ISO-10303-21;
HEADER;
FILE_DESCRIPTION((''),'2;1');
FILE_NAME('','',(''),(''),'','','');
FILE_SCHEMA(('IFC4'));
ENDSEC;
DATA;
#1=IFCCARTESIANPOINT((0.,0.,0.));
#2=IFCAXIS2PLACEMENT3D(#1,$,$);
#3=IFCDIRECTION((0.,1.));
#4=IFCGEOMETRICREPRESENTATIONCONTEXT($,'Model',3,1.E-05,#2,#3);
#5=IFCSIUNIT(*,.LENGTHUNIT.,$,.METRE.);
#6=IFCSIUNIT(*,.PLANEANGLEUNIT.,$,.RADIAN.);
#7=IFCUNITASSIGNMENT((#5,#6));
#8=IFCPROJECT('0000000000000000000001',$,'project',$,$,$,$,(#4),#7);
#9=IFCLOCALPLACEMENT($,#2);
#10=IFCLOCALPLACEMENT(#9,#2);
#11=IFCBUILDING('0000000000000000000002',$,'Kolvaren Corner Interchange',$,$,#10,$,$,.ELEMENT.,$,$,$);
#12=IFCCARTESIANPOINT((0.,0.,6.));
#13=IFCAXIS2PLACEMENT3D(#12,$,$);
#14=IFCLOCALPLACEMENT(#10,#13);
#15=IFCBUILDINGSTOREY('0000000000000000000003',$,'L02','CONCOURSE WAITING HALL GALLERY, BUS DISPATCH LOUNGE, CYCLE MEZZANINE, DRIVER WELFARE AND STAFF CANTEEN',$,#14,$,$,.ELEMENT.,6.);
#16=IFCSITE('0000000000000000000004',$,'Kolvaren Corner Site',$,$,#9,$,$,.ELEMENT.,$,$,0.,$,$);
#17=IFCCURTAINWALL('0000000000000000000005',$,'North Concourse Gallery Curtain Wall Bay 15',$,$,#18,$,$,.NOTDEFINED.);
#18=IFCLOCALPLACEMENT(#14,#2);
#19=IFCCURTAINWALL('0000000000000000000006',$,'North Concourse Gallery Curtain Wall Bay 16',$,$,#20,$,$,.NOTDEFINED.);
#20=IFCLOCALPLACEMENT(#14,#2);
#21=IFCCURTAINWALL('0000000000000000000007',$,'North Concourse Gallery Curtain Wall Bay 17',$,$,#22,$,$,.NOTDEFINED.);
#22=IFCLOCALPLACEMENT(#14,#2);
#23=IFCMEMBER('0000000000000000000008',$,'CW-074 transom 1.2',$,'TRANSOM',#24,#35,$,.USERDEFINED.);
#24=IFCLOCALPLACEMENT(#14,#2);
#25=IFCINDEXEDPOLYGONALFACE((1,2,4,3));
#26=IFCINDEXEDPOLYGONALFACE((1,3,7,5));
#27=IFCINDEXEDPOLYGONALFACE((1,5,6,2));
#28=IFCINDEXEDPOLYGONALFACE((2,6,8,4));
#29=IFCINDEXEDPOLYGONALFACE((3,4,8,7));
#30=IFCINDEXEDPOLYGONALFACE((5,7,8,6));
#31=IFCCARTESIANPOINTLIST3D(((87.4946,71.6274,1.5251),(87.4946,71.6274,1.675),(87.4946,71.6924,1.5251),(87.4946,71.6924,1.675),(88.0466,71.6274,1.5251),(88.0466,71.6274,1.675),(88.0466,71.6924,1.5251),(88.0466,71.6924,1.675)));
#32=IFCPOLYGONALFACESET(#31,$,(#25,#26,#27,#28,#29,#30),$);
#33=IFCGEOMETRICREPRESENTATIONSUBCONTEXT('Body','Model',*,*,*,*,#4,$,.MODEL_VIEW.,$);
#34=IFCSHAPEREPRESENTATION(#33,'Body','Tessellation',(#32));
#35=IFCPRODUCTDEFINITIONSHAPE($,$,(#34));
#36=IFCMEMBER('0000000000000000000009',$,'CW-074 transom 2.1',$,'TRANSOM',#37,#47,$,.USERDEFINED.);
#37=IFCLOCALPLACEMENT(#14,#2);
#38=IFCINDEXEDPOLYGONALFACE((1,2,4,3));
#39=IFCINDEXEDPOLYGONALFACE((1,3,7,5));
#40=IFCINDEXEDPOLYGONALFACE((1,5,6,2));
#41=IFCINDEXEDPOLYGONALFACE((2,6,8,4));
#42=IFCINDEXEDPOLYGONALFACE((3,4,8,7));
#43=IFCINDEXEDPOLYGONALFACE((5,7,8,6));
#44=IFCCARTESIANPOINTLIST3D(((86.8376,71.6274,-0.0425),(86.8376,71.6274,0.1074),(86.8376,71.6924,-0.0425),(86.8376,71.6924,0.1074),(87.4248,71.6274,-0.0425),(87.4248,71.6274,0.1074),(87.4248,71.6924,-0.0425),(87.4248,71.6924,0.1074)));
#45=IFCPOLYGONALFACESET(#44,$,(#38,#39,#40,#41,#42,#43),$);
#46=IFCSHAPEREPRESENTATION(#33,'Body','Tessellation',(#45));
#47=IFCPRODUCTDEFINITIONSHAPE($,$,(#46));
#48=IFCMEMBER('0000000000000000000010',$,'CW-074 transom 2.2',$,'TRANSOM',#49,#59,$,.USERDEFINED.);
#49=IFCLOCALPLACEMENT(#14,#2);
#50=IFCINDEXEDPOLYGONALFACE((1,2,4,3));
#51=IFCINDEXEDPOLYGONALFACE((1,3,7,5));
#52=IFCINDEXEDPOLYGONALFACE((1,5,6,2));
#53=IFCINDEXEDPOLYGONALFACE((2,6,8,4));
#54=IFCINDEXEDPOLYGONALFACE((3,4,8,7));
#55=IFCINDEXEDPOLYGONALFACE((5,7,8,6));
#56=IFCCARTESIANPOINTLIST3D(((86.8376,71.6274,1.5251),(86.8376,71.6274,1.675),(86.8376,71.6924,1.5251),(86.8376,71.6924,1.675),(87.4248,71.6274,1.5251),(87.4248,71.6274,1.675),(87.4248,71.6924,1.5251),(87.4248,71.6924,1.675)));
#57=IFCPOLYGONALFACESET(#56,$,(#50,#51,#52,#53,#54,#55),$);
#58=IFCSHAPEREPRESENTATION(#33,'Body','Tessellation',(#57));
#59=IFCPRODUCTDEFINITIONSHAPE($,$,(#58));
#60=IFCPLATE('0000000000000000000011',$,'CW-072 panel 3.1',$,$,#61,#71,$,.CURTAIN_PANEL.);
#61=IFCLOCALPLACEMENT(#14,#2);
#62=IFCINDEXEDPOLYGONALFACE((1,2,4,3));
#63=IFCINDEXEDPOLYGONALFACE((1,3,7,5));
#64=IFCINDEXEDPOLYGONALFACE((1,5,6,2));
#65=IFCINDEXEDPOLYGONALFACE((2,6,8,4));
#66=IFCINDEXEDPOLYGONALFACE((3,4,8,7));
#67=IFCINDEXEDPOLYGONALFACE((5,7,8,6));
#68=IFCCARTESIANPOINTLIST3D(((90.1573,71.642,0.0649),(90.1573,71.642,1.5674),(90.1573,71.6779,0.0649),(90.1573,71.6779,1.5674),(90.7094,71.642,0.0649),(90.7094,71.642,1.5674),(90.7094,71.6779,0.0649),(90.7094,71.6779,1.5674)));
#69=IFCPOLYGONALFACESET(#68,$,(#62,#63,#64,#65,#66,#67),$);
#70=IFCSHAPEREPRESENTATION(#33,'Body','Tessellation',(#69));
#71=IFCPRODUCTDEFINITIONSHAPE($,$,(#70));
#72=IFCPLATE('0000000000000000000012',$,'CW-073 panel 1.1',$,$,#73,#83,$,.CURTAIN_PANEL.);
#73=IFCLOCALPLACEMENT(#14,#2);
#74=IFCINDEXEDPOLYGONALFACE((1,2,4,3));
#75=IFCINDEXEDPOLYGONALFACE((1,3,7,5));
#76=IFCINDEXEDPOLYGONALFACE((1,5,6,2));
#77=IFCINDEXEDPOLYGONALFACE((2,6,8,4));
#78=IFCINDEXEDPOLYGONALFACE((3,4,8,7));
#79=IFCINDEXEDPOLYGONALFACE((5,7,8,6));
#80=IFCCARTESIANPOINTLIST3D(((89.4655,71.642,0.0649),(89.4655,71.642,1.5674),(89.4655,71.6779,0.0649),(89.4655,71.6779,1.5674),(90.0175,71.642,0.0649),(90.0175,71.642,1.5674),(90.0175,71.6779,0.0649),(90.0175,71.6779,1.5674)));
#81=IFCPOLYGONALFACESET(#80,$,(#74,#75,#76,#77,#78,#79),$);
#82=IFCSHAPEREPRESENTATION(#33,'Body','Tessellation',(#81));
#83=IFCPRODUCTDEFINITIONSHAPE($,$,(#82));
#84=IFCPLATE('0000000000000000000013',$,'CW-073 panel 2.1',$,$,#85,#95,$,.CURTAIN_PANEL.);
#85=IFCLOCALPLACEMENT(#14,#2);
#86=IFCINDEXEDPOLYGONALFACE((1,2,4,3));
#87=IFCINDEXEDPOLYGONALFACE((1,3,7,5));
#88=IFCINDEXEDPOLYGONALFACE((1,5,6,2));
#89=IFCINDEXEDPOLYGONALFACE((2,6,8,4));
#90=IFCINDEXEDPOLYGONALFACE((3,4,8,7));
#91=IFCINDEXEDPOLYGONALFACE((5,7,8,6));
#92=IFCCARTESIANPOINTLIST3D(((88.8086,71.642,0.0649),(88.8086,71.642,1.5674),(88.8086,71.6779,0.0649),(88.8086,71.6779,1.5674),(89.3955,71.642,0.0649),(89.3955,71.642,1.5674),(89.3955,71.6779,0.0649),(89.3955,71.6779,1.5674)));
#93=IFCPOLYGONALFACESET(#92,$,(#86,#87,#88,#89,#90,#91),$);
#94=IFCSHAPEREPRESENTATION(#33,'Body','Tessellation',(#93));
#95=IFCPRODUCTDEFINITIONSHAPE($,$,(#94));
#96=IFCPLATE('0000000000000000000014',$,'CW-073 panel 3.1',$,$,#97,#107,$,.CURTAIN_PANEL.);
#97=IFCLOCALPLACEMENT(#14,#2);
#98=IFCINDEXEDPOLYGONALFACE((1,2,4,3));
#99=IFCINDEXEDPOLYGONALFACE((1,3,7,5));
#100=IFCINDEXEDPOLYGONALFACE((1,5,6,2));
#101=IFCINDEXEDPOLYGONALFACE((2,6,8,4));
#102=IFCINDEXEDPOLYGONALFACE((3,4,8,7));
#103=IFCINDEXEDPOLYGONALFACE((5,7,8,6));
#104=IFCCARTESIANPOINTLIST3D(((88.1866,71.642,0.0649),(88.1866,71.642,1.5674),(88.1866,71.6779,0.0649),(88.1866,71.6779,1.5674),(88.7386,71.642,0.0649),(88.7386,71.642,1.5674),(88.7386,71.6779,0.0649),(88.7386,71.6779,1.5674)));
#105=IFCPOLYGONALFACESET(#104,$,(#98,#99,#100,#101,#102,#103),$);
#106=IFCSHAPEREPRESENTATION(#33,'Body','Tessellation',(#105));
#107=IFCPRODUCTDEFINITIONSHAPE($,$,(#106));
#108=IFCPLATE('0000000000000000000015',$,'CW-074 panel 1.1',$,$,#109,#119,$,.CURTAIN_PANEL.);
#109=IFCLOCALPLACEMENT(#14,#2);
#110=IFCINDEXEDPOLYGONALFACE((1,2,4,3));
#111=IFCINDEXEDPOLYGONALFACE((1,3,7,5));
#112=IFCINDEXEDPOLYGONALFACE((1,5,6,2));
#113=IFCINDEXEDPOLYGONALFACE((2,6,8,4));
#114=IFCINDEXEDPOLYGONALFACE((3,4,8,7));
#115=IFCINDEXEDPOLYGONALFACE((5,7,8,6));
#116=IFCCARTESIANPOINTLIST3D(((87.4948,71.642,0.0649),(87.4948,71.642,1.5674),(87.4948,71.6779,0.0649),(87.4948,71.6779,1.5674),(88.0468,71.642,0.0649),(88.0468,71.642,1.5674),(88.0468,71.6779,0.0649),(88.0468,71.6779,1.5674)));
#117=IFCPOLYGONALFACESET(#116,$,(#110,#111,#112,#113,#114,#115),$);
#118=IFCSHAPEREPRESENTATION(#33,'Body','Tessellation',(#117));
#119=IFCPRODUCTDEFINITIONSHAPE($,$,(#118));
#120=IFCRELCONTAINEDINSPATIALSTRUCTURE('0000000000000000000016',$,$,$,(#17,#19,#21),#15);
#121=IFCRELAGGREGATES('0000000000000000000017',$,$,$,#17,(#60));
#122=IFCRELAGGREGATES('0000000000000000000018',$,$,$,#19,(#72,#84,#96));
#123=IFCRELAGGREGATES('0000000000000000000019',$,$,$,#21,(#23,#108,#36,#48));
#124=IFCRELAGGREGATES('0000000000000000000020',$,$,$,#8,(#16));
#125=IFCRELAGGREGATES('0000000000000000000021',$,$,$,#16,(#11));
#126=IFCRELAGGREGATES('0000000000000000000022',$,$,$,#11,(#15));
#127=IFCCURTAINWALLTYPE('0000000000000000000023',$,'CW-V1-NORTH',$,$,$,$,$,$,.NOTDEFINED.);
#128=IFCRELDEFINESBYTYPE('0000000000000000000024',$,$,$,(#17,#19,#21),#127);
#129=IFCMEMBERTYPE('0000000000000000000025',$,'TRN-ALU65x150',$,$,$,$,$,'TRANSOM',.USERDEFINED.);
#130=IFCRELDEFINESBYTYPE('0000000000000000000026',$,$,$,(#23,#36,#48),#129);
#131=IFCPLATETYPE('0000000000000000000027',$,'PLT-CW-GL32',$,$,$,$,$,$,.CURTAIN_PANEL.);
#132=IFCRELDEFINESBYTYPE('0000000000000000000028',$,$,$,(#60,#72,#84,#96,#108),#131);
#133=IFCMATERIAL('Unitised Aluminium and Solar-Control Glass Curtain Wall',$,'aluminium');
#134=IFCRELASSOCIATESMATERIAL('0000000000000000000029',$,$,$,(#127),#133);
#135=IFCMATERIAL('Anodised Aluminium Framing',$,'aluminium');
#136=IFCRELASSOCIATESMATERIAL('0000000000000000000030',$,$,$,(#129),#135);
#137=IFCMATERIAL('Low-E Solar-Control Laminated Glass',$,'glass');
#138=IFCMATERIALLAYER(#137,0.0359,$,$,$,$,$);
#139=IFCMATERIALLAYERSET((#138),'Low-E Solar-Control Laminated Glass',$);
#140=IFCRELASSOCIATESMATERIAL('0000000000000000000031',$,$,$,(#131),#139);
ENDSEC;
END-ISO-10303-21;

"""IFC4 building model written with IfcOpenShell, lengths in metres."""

from ifc_helpers import new_model, si_unit, direction, frame, origin, origin_2d, place, context, subcontext, project, spatial, rectangle, extrude, material, layer, layer_set, material_profile, profile_set, type_object, element, aggregate, save


model = new_model("IFC4")

# Units and contexts
model_context = context("Model", 3, precision=1e-05, world=origin(), true_north=direction((0.0, 1.0)))
body_context = subcontext(model_context, "Body", "Model", "MODEL_VIEW")
ifc_project = project(units=[si_unit("LENGTHUNIT", "METRE"), si_unit("PLANEANGLEUNIT", "RADIAN")], contexts=[model_context])

# Site, building, storey
site_placement = place(None, origin())
site = spatial("IfcSite", under=ifc_project, at=site_placement, Name="Kolvaren Corner Site", CompositionType="ELEMENT", RefElevation=0.0)
building_placement = place(site_placement, origin())
building = spatial("IfcBuilding", under=site, at=building_placement, Name="Kolvaren Corner Interchange", CompositionType="ELEMENT")
storey_placement = place(building_placement, frame((0.0, 0.0, 6.0)))
storey = spatial("IfcBuildingStorey", under=building, at=storey_placement, Name="L02", Description="CONCOURSE WAITING HALL GALLERY, BUS DISPATCH LOUNGE, CYCLE MEZZANINE, DRIVER WELFARE AND STAFF CANTEEN", CompositionType="ELEMENT", Elevation=6.0)

# Curtain wall
ifc_material_1 = material(Name="Unitised Aluminium and Solar-Control Glass Curtain Wall", Category="aluminium")
curtain_wall_type = type_object("IfcCurtainWallType", Name="CW-V1-NORTH", PredefinedType="NOTDEFINED", material=ifc_material_1)
curtain_wall_1_placement = place(storey_placement, origin())
curtain_wall_1 = element("IfcCurtainWall", 1, at=curtain_wall_1_placement, inside=storey, type_object=curtain_wall_type, Name="North Concourse Gallery Curtain Wall Bay 15", PredefinedType="NOTDEFINED")

# Curtain walls
curtain_wall_2_placement = place(storey_placement, origin())
curtain_wall_2 = element("IfcCurtainWall", 2, at=curtain_wall_2_placement, inside=storey, type_object=curtain_wall_type, Name="North Concourse Gallery Curtain Wall Bay 16", PredefinedType="NOTDEFINED")
curtain_wall_3_placement = place(storey_placement, origin())
curtain_wall_3 = element("IfcCurtainWall", 3, at=curtain_wall_3_placement, inside=storey, type_object=curtain_wall_type, Name="North Concourse Gallery Curtain Wall Bay 17", PredefinedType="NOTDEFINED")

# Members
ifc_material_2 = material(Name="Anodised Aluminium Framing", Category="aluminium")
ifc_material_profile_1 = material_profile(ifc_material_2, rectangle(XDim=0.0649, YDim=0.1499, at=origin_2d()), Name="ALU 65x150")
ifc_profile_set_1 = profile_set([ifc_material_profile_1], Name="Anodised Aluminium Framing")
member_type_1 = type_object("IfcMemberType", Name="TRN-ALU65x150", ElementType="TRANSOM", PredefinedType="USERDEFINED", material=ifc_profile_set_1)
member_1_placement = place(storey_placement, frame((88.0466, 71.6599, 1.6001), z_axis=(-1.0, 0.0, 0.0), x_axis=(0.0, -1.0, 0.0)))
member_1 = element("IfcMember", 4, at=member_1_placement, type_object=member_type_1, Name="CW-074 transom 1.2", ObjectType="TRANSOM", PredefinedType="USERDEFINED", context=body_context, shape_type="SweptSolid", body=[
    extrude(rectangle(XDim=0.0649, YDim=0.1499, at=origin_2d()), origin(), (0.0, 0.0, 1.0), 0.552),
])
member_2_placement = place(storey_placement, frame((87.4248, 71.6599, 0.0325), z_axis=(-1.0, 0.0, 0.0), x_axis=(0.0, -1.0, 0.0)))
member_2 = element("IfcMember", 5, at=member_2_placement, type_object=member_type_1, Name="CW-074 transom 2.1", ObjectType="TRANSOM", PredefinedType="USERDEFINED", context=body_context, shape_type="SweptSolid", body=[
    extrude(rectangle(XDim=0.0649, YDim=0.1499, at=origin_2d()), origin(), (0.0, 0.0, 1.0), 0.5872),
])
member_3_placement = place(storey_placement, frame((87.4248, 71.6599, 1.6001), z_axis=(-1.0, 0.0, 0.0), x_axis=(0.0, -1.0, 0.0)))
member_3 = element("IfcMember", 6, at=member_3_placement, type_object=member_type_1, Name="CW-074 transom 2.2", ObjectType="TRANSOM", PredefinedType="USERDEFINED", context=body_context, shape_type="SweptSolid", body=[
    extrude(rectangle(XDim=0.0649, YDim=0.1499, at=origin_2d()), origin(), (0.0, 0.0, 1.0), 0.5872),
])

# Plates
ifc_material_3 = material(Name="Low-E Solar-Control Laminated Glass", Category="glass")
ifc_layer = layer(ifc_material_3, 0.0359)
ifc_layer_set = layer_set([ifc_layer], Name="Low-E Solar-Control Laminated Glass")
plate_type = type_object("IfcPlateType", Name="PLT-CW-GL32", PredefinedType="CURTAIN_PANEL", material=ifc_layer_set)
plate_1_placement = place(storey_placement, frame((90.4333, 71.6599, 0.0649), z_axis=(0.0, 0.0, 1.0), x_axis=(-1.0, 0.0, 0.0)))
plate_1 = element("IfcPlate", 7, at=plate_1_placement, type_object=plate_type, Name="CW-072 panel 3.1", PredefinedType="CURTAIN_PANEL", context=body_context, shape_type="SweptSolid", body=[
    extrude(rectangle(XDim=0.552, YDim=0.0359, at=origin_2d()), origin(), (0.0, 0.0, 1.0), 1.5024),
])
aggregate(curtain_wall_1, [plate_1])
plate_2_placement = place(storey_placement, frame((89.7415, 71.6599, 0.0649), z_axis=(0.0, 0.0, 1.0), x_axis=(-1.0, 0.0, 0.0)))
plate_2 = element("IfcPlate", 8, at=plate_2_placement, type_object=plate_type, Name="CW-073 panel 1.1", PredefinedType="CURTAIN_PANEL", context=body_context, shape_type="SweptSolid", body=[
    extrude(rectangle(XDim=0.552, YDim=0.0359, at=origin_2d()), origin(), (0.0, 0.0, 1.0), 1.5024),
])
plate_3_placement = place(storey_placement, frame((89.1021, 71.6599, 0.0649), z_axis=(0.0, 0.0, 1.0), x_axis=(-1.0, 0.0, 0.0)))
plate_3 = element("IfcPlate", 9, at=plate_3_placement, type_object=plate_type, Name="CW-073 panel 2.1", PredefinedType="CURTAIN_PANEL", context=body_context, shape_type="SweptSolid", body=[
    extrude(rectangle(XDim=0.5869, YDim=0.0359, at=origin_2d()), origin(), (0.0, 0.0, 1.0), 1.5024),
])
plate_4_placement = place(storey_placement, frame((88.4626, 71.6599, 0.0649), z_axis=(0.0, 0.0, 1.0), x_axis=(-1.0, 0.0, 0.0)))
plate_4 = element("IfcPlate", 10, at=plate_4_placement, type_object=plate_type, Name="CW-073 panel 3.1", PredefinedType="CURTAIN_PANEL", context=body_context, shape_type="SweptSolid", body=[
    extrude(rectangle(XDim=0.552, YDim=0.0359, at=origin_2d()), origin(), (0.0, 0.0, 1.0), 1.5024),
])
aggregate(curtain_wall_2, [plate_2, plate_3, plate_4])
plate_5_placement = place(storey_placement, frame((87.7708, 71.6599, 0.0649), z_axis=(0.0, 0.0, 1.0), x_axis=(-1.0, 0.0, 0.0)))
plate_5 = element("IfcPlate", 11, at=plate_5_placement, type_object=plate_type, Name="CW-074 panel 1.1", PredefinedType="CURTAIN_PANEL", context=body_context, shape_type="SweptSolid", body=[
    extrude(rectangle(XDim=0.552, YDim=0.0359, at=origin_2d()), origin(), (0.0, 0.0, 1.0), 1.5024),
])
aggregate(curtain_wall_3, [member_1, plate_5, member_2, member_3])

save(model, "model.ifc")
